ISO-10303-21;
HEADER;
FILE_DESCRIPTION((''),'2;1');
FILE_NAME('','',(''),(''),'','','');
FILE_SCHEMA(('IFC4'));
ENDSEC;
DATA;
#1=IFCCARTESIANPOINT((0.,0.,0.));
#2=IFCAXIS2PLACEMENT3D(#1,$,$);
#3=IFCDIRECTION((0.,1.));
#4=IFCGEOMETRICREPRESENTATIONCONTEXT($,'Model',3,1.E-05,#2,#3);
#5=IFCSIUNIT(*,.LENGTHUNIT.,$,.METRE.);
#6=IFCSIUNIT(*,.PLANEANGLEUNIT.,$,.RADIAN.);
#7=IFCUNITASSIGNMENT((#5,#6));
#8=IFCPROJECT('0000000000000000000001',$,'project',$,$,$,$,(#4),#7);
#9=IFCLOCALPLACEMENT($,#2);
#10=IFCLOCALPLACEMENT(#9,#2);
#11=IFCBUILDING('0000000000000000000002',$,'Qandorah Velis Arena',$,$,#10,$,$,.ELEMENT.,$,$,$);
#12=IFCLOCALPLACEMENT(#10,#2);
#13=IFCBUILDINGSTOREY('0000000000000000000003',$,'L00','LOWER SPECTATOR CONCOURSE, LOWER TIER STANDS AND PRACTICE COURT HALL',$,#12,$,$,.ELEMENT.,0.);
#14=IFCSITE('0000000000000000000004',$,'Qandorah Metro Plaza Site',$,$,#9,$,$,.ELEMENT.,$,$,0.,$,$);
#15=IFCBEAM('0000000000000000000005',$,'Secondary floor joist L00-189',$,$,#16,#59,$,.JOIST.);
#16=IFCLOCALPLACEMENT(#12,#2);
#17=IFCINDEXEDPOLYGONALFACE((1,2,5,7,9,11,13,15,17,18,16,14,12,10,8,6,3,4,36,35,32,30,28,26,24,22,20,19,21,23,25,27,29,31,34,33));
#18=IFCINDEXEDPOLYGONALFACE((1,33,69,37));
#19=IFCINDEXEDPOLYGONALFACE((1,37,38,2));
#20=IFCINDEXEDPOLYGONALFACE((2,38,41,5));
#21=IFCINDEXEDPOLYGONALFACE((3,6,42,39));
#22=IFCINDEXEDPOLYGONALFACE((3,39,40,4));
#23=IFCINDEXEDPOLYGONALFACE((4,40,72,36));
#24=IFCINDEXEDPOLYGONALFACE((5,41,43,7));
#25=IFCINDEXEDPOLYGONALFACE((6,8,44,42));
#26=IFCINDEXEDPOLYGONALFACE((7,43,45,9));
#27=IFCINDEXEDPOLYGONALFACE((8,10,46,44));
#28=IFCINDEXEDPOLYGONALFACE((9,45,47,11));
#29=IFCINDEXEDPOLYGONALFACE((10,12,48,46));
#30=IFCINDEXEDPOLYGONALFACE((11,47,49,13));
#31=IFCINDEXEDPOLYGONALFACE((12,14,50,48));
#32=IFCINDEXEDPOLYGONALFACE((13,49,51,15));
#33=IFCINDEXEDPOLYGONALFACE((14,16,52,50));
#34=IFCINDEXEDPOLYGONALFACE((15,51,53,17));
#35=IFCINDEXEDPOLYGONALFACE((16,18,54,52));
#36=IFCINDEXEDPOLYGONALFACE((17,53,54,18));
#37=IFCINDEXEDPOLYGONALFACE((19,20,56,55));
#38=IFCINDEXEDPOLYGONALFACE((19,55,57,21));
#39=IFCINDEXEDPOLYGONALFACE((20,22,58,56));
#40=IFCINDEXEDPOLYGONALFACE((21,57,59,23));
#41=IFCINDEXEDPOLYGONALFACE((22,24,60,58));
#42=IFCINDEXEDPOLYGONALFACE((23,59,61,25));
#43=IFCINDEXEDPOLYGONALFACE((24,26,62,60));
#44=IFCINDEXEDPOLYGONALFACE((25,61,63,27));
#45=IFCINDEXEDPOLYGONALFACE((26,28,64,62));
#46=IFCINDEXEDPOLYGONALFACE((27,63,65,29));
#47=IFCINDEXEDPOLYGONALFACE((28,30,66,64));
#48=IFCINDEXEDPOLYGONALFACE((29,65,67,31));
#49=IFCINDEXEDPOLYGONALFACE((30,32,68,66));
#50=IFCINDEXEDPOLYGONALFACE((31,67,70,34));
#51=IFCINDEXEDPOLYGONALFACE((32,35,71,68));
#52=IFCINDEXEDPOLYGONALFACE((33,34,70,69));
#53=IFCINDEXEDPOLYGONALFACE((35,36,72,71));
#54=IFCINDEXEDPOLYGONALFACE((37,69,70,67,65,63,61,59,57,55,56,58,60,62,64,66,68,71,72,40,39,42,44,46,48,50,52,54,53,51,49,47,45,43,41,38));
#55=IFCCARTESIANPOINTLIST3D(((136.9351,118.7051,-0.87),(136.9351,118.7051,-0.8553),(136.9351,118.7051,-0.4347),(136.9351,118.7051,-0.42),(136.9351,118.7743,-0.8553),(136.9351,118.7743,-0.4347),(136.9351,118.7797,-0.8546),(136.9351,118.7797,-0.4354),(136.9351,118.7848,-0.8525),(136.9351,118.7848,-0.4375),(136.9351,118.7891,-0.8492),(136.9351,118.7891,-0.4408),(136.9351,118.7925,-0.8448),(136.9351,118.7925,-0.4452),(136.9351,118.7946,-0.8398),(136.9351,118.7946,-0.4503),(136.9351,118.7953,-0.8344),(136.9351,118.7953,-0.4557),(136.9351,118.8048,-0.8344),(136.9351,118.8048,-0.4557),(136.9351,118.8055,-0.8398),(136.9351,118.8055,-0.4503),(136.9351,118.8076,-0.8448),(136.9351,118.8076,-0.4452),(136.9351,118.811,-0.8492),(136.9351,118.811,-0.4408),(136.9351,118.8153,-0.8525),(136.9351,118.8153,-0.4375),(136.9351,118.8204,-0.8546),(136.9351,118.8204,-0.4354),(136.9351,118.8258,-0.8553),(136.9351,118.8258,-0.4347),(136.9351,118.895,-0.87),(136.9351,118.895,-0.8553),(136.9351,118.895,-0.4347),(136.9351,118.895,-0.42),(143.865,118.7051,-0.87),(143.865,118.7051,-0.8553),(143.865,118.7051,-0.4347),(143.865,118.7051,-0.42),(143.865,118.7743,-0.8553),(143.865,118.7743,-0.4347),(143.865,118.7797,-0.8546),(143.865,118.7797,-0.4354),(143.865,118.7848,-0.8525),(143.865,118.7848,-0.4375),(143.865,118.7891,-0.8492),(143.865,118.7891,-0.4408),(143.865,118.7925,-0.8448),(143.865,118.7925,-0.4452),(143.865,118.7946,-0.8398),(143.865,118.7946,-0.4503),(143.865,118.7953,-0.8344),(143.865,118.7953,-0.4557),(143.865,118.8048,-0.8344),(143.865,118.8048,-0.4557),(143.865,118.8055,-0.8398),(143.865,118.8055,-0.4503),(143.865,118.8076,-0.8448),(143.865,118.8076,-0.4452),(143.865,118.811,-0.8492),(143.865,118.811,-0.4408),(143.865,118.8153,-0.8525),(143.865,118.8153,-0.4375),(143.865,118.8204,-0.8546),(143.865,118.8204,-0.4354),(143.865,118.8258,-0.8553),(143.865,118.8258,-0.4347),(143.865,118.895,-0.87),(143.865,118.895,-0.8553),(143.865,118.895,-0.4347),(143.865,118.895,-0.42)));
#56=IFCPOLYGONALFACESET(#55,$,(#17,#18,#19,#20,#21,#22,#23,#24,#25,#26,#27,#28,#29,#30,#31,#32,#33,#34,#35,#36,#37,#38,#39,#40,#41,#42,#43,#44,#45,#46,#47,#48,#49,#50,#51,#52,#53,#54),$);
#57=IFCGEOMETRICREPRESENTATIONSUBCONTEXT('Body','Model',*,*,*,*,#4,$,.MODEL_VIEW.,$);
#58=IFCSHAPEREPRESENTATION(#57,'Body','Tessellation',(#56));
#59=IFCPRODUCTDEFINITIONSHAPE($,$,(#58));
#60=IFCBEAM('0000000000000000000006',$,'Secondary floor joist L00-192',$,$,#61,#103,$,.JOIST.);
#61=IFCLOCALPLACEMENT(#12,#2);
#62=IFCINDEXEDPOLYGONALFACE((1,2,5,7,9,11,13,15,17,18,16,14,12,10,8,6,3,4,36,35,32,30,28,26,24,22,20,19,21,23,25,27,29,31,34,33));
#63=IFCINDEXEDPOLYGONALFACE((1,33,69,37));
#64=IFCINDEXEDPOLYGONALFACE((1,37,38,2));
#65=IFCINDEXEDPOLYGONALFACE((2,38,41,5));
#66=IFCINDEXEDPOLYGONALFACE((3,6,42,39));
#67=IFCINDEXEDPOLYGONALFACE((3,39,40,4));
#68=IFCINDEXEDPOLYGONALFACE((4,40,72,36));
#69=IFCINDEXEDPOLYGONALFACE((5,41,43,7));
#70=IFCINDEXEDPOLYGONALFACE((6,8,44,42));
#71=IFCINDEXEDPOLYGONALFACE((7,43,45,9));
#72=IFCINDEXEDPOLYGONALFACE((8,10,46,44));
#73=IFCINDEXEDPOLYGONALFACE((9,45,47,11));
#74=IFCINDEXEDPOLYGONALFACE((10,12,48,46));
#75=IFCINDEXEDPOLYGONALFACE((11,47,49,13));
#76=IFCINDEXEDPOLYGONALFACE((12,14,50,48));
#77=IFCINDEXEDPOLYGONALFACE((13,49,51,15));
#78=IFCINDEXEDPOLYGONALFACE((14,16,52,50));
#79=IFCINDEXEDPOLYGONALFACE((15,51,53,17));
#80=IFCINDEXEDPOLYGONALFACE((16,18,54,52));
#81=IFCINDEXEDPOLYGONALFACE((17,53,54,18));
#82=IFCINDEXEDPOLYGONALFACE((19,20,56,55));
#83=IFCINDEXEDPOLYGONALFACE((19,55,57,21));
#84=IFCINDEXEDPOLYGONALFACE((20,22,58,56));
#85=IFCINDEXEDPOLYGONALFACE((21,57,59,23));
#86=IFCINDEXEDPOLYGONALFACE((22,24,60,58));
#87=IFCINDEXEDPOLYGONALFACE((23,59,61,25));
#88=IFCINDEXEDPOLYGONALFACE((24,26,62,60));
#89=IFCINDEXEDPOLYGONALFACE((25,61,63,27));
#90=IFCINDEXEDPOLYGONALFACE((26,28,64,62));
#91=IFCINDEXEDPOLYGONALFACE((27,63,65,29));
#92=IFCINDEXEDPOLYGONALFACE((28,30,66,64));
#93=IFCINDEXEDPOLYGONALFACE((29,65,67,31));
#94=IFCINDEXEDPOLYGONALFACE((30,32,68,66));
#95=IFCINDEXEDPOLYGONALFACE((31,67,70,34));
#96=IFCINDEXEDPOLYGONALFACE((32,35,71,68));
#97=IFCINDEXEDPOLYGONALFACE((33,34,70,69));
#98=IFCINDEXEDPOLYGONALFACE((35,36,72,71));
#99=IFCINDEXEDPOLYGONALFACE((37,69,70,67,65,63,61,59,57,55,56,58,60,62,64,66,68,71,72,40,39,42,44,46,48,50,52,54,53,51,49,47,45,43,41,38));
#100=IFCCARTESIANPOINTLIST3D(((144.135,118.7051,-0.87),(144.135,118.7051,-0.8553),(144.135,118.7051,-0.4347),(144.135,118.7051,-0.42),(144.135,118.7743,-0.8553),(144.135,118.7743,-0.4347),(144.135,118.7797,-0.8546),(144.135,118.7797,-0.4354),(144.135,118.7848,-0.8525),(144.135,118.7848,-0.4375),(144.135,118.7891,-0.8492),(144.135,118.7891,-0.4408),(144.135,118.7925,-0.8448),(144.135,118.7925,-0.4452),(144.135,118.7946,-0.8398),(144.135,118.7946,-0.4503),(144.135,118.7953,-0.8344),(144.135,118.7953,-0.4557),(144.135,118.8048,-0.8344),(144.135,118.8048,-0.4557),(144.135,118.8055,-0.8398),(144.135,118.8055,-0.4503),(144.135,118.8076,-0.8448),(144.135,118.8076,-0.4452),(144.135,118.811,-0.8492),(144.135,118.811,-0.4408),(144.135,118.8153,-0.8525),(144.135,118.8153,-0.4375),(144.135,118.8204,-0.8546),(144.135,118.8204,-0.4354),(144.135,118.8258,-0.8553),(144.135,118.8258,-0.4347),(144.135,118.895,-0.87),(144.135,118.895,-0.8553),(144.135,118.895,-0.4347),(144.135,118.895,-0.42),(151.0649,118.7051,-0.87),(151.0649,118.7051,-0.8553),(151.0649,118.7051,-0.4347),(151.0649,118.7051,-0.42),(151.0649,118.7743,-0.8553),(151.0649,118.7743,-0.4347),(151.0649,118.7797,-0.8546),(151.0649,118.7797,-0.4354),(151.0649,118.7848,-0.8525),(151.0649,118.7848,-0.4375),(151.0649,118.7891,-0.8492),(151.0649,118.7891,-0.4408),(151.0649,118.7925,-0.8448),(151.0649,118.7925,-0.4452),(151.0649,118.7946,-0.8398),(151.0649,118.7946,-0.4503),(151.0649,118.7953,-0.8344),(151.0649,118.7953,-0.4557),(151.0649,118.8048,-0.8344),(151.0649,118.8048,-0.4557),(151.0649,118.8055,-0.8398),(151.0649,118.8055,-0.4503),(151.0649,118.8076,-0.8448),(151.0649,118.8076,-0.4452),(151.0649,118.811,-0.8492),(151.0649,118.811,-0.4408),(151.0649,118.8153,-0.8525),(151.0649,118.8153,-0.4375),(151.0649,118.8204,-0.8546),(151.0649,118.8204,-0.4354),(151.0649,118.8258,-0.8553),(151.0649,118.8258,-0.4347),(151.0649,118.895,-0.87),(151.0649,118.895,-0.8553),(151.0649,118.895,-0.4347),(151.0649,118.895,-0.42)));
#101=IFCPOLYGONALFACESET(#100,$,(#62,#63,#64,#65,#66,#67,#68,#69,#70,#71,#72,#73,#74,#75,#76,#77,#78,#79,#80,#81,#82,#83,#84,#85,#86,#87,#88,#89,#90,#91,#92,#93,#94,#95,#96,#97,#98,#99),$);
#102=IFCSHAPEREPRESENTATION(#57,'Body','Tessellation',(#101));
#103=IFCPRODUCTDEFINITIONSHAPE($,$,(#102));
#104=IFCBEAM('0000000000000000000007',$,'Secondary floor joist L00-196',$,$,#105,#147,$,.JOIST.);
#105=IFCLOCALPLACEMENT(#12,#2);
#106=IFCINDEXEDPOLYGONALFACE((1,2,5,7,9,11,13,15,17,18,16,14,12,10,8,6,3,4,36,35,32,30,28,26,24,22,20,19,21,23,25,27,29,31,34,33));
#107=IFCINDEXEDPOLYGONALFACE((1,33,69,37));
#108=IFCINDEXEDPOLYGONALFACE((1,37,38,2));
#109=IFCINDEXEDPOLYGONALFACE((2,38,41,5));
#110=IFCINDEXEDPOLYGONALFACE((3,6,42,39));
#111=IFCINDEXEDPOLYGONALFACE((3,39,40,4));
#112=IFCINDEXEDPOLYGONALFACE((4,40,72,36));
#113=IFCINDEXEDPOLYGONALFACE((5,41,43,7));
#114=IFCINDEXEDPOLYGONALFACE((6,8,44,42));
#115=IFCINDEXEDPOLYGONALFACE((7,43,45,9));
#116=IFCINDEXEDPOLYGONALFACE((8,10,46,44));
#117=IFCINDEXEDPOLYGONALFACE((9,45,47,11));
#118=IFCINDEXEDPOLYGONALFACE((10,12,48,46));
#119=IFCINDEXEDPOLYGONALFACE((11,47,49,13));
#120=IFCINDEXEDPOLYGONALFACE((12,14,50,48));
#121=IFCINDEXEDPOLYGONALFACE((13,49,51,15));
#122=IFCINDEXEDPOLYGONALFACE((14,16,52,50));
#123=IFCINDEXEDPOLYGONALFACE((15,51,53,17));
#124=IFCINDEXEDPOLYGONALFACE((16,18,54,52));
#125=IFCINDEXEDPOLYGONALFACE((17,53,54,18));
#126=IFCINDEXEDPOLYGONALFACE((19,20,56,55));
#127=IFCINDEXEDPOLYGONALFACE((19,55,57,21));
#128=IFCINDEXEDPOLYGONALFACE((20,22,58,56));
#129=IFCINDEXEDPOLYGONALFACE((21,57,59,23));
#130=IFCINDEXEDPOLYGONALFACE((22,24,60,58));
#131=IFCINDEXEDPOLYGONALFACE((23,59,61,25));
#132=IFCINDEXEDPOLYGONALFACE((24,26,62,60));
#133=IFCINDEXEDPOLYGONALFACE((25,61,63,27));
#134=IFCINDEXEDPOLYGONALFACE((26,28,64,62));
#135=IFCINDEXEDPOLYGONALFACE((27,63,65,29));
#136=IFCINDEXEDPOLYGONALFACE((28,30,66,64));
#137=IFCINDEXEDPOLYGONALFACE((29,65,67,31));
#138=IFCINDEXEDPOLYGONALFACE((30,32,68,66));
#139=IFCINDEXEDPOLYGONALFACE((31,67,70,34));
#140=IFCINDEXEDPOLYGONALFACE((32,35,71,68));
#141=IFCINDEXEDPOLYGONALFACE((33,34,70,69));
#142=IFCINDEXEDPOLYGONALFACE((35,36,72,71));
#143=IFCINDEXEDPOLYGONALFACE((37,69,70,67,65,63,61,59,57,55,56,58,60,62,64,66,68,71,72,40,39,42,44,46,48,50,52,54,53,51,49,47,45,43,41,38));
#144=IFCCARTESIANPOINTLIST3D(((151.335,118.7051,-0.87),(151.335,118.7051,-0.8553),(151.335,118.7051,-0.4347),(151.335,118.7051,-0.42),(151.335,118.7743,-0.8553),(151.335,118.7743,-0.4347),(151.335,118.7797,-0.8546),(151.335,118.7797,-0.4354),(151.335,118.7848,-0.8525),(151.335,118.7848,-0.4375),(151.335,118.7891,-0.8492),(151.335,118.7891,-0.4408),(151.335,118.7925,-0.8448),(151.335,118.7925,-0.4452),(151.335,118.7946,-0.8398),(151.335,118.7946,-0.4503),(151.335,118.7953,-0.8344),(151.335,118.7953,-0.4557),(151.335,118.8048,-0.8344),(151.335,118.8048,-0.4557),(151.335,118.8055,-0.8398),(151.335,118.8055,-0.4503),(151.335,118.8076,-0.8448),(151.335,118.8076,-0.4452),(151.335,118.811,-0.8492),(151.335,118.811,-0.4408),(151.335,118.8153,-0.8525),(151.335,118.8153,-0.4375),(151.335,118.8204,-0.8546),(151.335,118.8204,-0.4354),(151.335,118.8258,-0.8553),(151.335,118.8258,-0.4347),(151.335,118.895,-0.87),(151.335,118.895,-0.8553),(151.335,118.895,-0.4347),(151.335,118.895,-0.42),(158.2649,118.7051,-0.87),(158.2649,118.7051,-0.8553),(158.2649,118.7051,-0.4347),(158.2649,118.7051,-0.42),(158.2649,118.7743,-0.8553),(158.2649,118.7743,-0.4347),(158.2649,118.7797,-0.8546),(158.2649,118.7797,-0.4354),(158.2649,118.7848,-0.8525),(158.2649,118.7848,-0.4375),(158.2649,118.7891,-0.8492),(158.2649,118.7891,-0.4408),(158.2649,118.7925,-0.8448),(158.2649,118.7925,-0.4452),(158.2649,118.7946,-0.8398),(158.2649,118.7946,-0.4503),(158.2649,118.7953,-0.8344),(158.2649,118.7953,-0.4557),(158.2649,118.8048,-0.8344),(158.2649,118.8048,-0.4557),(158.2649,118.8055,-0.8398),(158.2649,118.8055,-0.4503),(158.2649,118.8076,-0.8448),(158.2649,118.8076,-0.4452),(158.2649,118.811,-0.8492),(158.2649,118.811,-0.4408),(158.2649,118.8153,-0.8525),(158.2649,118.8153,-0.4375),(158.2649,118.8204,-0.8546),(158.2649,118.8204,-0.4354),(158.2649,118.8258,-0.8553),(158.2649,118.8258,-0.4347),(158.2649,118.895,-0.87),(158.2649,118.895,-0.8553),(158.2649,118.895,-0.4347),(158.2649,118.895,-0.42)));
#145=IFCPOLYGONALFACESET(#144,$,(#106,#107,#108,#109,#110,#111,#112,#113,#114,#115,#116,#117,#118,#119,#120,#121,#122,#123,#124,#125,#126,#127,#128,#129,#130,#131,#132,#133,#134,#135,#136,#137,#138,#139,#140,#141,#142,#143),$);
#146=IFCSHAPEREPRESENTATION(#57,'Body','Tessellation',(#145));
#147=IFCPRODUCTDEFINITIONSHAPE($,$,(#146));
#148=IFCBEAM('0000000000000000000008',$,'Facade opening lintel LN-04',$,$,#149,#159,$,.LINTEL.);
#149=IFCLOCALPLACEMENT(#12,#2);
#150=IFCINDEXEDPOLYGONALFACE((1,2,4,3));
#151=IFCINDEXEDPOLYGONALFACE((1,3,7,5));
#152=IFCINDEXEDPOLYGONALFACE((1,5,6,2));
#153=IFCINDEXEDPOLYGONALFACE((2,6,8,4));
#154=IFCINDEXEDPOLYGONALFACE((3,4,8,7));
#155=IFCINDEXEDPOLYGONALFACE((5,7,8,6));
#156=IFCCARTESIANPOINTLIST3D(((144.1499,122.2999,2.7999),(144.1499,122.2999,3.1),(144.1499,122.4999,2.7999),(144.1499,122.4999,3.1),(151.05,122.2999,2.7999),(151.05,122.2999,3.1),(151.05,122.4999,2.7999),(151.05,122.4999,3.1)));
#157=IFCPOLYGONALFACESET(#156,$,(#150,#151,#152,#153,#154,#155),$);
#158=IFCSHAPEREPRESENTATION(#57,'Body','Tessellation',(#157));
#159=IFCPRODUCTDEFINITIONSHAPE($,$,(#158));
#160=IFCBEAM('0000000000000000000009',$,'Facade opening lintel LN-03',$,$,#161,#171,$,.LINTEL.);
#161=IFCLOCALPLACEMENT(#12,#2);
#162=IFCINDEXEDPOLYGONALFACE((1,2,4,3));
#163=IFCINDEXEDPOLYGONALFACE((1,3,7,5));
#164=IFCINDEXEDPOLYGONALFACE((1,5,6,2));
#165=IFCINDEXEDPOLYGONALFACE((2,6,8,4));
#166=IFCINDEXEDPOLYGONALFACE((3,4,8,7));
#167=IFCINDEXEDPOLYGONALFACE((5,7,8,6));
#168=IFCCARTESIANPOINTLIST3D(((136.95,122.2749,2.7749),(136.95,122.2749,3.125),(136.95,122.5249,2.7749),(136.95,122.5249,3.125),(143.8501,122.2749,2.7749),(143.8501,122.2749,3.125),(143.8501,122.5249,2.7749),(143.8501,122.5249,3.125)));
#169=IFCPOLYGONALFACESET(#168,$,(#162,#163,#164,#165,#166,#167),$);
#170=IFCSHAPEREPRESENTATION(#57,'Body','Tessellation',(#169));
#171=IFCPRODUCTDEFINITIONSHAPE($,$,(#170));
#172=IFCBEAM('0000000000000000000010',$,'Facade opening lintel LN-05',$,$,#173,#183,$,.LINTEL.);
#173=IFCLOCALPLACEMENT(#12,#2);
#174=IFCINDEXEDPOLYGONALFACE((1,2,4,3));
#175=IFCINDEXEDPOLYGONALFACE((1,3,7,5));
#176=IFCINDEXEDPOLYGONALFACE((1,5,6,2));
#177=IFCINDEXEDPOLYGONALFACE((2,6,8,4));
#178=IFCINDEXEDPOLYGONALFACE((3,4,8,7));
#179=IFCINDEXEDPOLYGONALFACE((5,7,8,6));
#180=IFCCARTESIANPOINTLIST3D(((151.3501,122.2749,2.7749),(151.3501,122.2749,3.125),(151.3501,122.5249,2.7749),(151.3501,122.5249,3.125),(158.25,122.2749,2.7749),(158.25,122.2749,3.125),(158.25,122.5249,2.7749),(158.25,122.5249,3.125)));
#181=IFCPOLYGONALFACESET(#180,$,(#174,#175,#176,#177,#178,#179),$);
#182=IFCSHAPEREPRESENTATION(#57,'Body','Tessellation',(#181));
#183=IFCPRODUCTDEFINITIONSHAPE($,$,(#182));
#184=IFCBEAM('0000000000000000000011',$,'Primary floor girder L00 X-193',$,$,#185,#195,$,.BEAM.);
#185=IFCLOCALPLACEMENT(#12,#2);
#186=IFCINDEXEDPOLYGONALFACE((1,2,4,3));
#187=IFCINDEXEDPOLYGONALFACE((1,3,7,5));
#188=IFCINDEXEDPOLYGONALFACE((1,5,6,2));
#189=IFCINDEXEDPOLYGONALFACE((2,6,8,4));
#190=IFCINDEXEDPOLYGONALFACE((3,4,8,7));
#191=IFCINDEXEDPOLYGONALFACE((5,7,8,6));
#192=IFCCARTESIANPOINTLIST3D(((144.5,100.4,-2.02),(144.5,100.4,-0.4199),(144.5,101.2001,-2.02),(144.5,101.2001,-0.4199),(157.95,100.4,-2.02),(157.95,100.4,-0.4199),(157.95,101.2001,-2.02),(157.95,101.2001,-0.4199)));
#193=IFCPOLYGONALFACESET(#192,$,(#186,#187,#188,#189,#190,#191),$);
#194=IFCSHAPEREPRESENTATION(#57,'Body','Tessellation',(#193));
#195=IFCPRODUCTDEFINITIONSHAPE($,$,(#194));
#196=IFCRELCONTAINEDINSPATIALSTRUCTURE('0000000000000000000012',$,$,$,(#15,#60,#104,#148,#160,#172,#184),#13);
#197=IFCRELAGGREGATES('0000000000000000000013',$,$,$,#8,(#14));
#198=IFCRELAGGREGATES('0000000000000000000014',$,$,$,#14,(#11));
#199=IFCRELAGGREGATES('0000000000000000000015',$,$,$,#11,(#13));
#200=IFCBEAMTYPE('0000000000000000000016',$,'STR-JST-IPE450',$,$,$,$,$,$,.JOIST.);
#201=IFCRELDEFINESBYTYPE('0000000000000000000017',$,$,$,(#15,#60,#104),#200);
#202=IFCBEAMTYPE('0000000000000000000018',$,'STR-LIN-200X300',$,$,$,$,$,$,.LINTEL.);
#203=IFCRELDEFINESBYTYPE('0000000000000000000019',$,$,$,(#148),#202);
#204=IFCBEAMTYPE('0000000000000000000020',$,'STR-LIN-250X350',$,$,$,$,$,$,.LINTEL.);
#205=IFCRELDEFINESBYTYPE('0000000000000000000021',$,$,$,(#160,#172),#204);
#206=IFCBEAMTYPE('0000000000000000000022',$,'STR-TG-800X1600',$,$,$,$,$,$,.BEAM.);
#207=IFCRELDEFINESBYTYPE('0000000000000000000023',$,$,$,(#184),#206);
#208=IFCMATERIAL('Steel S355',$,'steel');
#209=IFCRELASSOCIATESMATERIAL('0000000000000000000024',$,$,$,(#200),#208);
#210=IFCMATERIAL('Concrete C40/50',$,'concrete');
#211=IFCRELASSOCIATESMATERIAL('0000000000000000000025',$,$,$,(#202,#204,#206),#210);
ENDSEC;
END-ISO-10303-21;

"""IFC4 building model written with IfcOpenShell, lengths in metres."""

from ifc_helpers import new_model, si_unit, direction, frame, origin, origin_2d, place, context, subcontext, project, spatial, rectangle, i_section, extrude, material, material_profile, profile_set, type_object, element, save


model = new_model("IFC4")

# Units and contexts
model_context = context("Model", 3, precision=1e-05, world=origin(), true_north=direction((0.0, 1.0)))
body_context = subcontext(model_context, "Body", "Model", "MODEL_VIEW")
ifc_project = project(units=[si_unit("LENGTHUNIT", "METRE"), si_unit("PLANEANGLEUNIT", "RADIAN")], contexts=[model_context])

# Site, building, storey
site_placement = place(None, origin())
site = spatial("IfcSite", under=ifc_project, at=site_placement, Name="Qandorah Metro Plaza Site", CompositionType="ELEMENT", RefElevation=0.0)
building_placement = place(site_placement, origin())
building = spatial("IfcBuilding", under=site, at=building_placement, Name="Qandorah Velis Arena", CompositionType="ELEMENT")
storey_placement = place(building_placement, origin())
storey = spatial("IfcBuildingStorey", under=building, at=storey_placement, Name="L00", Description="LOWER SPECTATOR CONCOURSE, LOWER TIER STANDS AND PRACTICE COURT HALL", CompositionType="ELEMENT", Elevation=0.0)

# Shared definitions
ifc_material_1 = material(Name="Concrete C40/50", Category="concrete")

# Beams
ifc_material_2 = material(Name="Steel S355", Category="steel")
ifc_material_profile_1 = material_profile(ifc_material_2, i_section(OverallWidth=0.1899, OverallDepth=0.45, WebThickness=0.0095, FlangeThickness=0.0146, FilletRadius=0.021, at=origin_2d()), Name="IPE 450")
ifc_profile_set_1 = profile_set([ifc_material_profile_1], Name="Steel S355")
beam_type_1 = type_object("IfcBeamType", Name="STR-JST-IPE450", PredefinedType="JOIST", material=ifc_profile_set_1)
for number, where, z_axis, x_axis, name in (
    (1, (136.9351, 118.8, -0.645), (1.0, 0.0, 0.0), (0.0, 1.0, 0.0), "Secondary floor joist L00-189"),
    (2, (144.135, 118.8, -0.645), (1.0, 0.0, 0.0), (0.0, 1.0, 0.0), "Secondary floor joist L00-192"),
    (3, (151.335, 118.8, -0.645), (1.0, 0.0, 0.0), (0.0, 1.0, 0.0), "Secondary floor joist L00-196"),
):
    element("IfcBeam", number, at=place(storey_placement, frame(where, z_axis=z_axis, x_axis=x_axis)), inside=storey, type_object=beam_type_1, Name=name, PredefinedType="JOIST", context=body_context, shape_type="SweptSolid", body=[
        extrude(i_section(OverallWidth=0.1899, OverallDepth=0.45, WebThickness=0.0095, FlangeThickness=0.0146, FilletRadius=0.021, at=origin_2d()), origin(), (0.0, 0.0, 1.0), 6.9299),
    ])
ifc_material_profile_2 = material_profile(ifc_material_1, rectangle(XDim=0.2, YDim=0.3, at=origin_2d()), Name="RC LINTEL 200x300")
ifc_profile_set_2 = profile_set([ifc_material_profile_2], Name="Concrete C40/50")
beam_type_2 = type_object("IfcBeamType", Name="STR-LIN-200X300", PredefinedType="LINTEL", material=ifc_profile_set_2)
beam_1_placement = place(storey_placement, frame((144.1499, 122.3999, 2.95), z_axis=(1.0, 0.0, 0.0), x_axis=(0.0, 1.0, 0.0)))
element("IfcBeam", 4, at=beam_1_placement, inside=storey, type_object=beam_type_2, Name="Facade opening lintel LN-04", PredefinedType="LINTEL", context=body_context, shape_type="SweptSolid", body=[
    extrude(rectangle(XDim=0.2, YDim=0.3, at=origin_2d()), origin(), (0.0, 0.0, 1.0), 6.9001),
])
ifc_material_profile_3 = material_profile(ifc_material_1, rectangle(XDim=0.25, YDim=0.3501, at=origin_2d()), Name="RC LINTEL 250x350")
ifc_profile_set_3 = profile_set([ifc_material_profile_3], Name="Concrete C40/50")
beam_type_3 = type_object("IfcBeamType", Name="STR-LIN-250X350", PredefinedType="LINTEL", material=ifc_profile_set_3)
beam_2_placement = place(storey_placement, frame((136.95, 122.3999, 2.95), z_axis=(1.0, 0.0, 0.0), x_axis=(0.0, 1.0, 0.0)))
element("IfcBeam", 5, at=beam_2_placement, inside=storey, type_object=beam_type_3, Name="Facade opening lintel LN-03", PredefinedType="LINTEL", context=body_context, shape_type="SweptSolid", body=[
    extrude(rectangle(XDim=0.25, YDim=0.3501, at=origin_2d()), origin(), (0.0, 0.0, 1.0), 6.9001),
])
beam_3_placement = place(storey_placement, frame((151.3501, 122.3999, 2.95), z_axis=(1.0, 0.0, 0.0), x_axis=(0.0, 1.0, 0.0)))
element("IfcBeam", 6, at=beam_3_placement, inside=storey, type_object=beam_type_3, Name="Facade opening lintel LN-05", PredefinedType="LINTEL", context=body_context, shape_type="SweptSolid", body=[
    extrude(rectangle(XDim=0.25, YDim=0.3501, at=origin_2d()), origin(), (0.0, 0.0, 1.0), 6.8999),
])
ifc_material_profile_4 = material_profile(ifc_material_1, rectangle(XDim=0.8, YDim=1.6001, at=origin_2d()), Name="RC TG 800x1600")
ifc_profile_set_4 = profile_set([ifc_material_profile_4], Name="Concrete C40/50")
beam_type_4 = type_object("IfcBeamType", Name="STR-TG-800X1600", PredefinedType="BEAM", material=ifc_profile_set_4)
beam_4_placement = place(storey_placement, frame((144.5, 100.8, -1.22), z_axis=(1.0, 0.0, 0.0), x_axis=(0.0, 1.0, 0.0)))
element("IfcBeam", 7, at=beam_4_placement, inside=storey, type_object=beam_type_4, Name="Primary floor girder L00 X-193", PredefinedType="BEAM", context=body_context, shape_type="SweptSolid", body=[
    extrude(rectangle(XDim=0.8, YDim=1.6001, at=origin_2d()), origin(), (0.0, 0.0, 1.0), 13.45),
])

save(model, "model.ifc")
